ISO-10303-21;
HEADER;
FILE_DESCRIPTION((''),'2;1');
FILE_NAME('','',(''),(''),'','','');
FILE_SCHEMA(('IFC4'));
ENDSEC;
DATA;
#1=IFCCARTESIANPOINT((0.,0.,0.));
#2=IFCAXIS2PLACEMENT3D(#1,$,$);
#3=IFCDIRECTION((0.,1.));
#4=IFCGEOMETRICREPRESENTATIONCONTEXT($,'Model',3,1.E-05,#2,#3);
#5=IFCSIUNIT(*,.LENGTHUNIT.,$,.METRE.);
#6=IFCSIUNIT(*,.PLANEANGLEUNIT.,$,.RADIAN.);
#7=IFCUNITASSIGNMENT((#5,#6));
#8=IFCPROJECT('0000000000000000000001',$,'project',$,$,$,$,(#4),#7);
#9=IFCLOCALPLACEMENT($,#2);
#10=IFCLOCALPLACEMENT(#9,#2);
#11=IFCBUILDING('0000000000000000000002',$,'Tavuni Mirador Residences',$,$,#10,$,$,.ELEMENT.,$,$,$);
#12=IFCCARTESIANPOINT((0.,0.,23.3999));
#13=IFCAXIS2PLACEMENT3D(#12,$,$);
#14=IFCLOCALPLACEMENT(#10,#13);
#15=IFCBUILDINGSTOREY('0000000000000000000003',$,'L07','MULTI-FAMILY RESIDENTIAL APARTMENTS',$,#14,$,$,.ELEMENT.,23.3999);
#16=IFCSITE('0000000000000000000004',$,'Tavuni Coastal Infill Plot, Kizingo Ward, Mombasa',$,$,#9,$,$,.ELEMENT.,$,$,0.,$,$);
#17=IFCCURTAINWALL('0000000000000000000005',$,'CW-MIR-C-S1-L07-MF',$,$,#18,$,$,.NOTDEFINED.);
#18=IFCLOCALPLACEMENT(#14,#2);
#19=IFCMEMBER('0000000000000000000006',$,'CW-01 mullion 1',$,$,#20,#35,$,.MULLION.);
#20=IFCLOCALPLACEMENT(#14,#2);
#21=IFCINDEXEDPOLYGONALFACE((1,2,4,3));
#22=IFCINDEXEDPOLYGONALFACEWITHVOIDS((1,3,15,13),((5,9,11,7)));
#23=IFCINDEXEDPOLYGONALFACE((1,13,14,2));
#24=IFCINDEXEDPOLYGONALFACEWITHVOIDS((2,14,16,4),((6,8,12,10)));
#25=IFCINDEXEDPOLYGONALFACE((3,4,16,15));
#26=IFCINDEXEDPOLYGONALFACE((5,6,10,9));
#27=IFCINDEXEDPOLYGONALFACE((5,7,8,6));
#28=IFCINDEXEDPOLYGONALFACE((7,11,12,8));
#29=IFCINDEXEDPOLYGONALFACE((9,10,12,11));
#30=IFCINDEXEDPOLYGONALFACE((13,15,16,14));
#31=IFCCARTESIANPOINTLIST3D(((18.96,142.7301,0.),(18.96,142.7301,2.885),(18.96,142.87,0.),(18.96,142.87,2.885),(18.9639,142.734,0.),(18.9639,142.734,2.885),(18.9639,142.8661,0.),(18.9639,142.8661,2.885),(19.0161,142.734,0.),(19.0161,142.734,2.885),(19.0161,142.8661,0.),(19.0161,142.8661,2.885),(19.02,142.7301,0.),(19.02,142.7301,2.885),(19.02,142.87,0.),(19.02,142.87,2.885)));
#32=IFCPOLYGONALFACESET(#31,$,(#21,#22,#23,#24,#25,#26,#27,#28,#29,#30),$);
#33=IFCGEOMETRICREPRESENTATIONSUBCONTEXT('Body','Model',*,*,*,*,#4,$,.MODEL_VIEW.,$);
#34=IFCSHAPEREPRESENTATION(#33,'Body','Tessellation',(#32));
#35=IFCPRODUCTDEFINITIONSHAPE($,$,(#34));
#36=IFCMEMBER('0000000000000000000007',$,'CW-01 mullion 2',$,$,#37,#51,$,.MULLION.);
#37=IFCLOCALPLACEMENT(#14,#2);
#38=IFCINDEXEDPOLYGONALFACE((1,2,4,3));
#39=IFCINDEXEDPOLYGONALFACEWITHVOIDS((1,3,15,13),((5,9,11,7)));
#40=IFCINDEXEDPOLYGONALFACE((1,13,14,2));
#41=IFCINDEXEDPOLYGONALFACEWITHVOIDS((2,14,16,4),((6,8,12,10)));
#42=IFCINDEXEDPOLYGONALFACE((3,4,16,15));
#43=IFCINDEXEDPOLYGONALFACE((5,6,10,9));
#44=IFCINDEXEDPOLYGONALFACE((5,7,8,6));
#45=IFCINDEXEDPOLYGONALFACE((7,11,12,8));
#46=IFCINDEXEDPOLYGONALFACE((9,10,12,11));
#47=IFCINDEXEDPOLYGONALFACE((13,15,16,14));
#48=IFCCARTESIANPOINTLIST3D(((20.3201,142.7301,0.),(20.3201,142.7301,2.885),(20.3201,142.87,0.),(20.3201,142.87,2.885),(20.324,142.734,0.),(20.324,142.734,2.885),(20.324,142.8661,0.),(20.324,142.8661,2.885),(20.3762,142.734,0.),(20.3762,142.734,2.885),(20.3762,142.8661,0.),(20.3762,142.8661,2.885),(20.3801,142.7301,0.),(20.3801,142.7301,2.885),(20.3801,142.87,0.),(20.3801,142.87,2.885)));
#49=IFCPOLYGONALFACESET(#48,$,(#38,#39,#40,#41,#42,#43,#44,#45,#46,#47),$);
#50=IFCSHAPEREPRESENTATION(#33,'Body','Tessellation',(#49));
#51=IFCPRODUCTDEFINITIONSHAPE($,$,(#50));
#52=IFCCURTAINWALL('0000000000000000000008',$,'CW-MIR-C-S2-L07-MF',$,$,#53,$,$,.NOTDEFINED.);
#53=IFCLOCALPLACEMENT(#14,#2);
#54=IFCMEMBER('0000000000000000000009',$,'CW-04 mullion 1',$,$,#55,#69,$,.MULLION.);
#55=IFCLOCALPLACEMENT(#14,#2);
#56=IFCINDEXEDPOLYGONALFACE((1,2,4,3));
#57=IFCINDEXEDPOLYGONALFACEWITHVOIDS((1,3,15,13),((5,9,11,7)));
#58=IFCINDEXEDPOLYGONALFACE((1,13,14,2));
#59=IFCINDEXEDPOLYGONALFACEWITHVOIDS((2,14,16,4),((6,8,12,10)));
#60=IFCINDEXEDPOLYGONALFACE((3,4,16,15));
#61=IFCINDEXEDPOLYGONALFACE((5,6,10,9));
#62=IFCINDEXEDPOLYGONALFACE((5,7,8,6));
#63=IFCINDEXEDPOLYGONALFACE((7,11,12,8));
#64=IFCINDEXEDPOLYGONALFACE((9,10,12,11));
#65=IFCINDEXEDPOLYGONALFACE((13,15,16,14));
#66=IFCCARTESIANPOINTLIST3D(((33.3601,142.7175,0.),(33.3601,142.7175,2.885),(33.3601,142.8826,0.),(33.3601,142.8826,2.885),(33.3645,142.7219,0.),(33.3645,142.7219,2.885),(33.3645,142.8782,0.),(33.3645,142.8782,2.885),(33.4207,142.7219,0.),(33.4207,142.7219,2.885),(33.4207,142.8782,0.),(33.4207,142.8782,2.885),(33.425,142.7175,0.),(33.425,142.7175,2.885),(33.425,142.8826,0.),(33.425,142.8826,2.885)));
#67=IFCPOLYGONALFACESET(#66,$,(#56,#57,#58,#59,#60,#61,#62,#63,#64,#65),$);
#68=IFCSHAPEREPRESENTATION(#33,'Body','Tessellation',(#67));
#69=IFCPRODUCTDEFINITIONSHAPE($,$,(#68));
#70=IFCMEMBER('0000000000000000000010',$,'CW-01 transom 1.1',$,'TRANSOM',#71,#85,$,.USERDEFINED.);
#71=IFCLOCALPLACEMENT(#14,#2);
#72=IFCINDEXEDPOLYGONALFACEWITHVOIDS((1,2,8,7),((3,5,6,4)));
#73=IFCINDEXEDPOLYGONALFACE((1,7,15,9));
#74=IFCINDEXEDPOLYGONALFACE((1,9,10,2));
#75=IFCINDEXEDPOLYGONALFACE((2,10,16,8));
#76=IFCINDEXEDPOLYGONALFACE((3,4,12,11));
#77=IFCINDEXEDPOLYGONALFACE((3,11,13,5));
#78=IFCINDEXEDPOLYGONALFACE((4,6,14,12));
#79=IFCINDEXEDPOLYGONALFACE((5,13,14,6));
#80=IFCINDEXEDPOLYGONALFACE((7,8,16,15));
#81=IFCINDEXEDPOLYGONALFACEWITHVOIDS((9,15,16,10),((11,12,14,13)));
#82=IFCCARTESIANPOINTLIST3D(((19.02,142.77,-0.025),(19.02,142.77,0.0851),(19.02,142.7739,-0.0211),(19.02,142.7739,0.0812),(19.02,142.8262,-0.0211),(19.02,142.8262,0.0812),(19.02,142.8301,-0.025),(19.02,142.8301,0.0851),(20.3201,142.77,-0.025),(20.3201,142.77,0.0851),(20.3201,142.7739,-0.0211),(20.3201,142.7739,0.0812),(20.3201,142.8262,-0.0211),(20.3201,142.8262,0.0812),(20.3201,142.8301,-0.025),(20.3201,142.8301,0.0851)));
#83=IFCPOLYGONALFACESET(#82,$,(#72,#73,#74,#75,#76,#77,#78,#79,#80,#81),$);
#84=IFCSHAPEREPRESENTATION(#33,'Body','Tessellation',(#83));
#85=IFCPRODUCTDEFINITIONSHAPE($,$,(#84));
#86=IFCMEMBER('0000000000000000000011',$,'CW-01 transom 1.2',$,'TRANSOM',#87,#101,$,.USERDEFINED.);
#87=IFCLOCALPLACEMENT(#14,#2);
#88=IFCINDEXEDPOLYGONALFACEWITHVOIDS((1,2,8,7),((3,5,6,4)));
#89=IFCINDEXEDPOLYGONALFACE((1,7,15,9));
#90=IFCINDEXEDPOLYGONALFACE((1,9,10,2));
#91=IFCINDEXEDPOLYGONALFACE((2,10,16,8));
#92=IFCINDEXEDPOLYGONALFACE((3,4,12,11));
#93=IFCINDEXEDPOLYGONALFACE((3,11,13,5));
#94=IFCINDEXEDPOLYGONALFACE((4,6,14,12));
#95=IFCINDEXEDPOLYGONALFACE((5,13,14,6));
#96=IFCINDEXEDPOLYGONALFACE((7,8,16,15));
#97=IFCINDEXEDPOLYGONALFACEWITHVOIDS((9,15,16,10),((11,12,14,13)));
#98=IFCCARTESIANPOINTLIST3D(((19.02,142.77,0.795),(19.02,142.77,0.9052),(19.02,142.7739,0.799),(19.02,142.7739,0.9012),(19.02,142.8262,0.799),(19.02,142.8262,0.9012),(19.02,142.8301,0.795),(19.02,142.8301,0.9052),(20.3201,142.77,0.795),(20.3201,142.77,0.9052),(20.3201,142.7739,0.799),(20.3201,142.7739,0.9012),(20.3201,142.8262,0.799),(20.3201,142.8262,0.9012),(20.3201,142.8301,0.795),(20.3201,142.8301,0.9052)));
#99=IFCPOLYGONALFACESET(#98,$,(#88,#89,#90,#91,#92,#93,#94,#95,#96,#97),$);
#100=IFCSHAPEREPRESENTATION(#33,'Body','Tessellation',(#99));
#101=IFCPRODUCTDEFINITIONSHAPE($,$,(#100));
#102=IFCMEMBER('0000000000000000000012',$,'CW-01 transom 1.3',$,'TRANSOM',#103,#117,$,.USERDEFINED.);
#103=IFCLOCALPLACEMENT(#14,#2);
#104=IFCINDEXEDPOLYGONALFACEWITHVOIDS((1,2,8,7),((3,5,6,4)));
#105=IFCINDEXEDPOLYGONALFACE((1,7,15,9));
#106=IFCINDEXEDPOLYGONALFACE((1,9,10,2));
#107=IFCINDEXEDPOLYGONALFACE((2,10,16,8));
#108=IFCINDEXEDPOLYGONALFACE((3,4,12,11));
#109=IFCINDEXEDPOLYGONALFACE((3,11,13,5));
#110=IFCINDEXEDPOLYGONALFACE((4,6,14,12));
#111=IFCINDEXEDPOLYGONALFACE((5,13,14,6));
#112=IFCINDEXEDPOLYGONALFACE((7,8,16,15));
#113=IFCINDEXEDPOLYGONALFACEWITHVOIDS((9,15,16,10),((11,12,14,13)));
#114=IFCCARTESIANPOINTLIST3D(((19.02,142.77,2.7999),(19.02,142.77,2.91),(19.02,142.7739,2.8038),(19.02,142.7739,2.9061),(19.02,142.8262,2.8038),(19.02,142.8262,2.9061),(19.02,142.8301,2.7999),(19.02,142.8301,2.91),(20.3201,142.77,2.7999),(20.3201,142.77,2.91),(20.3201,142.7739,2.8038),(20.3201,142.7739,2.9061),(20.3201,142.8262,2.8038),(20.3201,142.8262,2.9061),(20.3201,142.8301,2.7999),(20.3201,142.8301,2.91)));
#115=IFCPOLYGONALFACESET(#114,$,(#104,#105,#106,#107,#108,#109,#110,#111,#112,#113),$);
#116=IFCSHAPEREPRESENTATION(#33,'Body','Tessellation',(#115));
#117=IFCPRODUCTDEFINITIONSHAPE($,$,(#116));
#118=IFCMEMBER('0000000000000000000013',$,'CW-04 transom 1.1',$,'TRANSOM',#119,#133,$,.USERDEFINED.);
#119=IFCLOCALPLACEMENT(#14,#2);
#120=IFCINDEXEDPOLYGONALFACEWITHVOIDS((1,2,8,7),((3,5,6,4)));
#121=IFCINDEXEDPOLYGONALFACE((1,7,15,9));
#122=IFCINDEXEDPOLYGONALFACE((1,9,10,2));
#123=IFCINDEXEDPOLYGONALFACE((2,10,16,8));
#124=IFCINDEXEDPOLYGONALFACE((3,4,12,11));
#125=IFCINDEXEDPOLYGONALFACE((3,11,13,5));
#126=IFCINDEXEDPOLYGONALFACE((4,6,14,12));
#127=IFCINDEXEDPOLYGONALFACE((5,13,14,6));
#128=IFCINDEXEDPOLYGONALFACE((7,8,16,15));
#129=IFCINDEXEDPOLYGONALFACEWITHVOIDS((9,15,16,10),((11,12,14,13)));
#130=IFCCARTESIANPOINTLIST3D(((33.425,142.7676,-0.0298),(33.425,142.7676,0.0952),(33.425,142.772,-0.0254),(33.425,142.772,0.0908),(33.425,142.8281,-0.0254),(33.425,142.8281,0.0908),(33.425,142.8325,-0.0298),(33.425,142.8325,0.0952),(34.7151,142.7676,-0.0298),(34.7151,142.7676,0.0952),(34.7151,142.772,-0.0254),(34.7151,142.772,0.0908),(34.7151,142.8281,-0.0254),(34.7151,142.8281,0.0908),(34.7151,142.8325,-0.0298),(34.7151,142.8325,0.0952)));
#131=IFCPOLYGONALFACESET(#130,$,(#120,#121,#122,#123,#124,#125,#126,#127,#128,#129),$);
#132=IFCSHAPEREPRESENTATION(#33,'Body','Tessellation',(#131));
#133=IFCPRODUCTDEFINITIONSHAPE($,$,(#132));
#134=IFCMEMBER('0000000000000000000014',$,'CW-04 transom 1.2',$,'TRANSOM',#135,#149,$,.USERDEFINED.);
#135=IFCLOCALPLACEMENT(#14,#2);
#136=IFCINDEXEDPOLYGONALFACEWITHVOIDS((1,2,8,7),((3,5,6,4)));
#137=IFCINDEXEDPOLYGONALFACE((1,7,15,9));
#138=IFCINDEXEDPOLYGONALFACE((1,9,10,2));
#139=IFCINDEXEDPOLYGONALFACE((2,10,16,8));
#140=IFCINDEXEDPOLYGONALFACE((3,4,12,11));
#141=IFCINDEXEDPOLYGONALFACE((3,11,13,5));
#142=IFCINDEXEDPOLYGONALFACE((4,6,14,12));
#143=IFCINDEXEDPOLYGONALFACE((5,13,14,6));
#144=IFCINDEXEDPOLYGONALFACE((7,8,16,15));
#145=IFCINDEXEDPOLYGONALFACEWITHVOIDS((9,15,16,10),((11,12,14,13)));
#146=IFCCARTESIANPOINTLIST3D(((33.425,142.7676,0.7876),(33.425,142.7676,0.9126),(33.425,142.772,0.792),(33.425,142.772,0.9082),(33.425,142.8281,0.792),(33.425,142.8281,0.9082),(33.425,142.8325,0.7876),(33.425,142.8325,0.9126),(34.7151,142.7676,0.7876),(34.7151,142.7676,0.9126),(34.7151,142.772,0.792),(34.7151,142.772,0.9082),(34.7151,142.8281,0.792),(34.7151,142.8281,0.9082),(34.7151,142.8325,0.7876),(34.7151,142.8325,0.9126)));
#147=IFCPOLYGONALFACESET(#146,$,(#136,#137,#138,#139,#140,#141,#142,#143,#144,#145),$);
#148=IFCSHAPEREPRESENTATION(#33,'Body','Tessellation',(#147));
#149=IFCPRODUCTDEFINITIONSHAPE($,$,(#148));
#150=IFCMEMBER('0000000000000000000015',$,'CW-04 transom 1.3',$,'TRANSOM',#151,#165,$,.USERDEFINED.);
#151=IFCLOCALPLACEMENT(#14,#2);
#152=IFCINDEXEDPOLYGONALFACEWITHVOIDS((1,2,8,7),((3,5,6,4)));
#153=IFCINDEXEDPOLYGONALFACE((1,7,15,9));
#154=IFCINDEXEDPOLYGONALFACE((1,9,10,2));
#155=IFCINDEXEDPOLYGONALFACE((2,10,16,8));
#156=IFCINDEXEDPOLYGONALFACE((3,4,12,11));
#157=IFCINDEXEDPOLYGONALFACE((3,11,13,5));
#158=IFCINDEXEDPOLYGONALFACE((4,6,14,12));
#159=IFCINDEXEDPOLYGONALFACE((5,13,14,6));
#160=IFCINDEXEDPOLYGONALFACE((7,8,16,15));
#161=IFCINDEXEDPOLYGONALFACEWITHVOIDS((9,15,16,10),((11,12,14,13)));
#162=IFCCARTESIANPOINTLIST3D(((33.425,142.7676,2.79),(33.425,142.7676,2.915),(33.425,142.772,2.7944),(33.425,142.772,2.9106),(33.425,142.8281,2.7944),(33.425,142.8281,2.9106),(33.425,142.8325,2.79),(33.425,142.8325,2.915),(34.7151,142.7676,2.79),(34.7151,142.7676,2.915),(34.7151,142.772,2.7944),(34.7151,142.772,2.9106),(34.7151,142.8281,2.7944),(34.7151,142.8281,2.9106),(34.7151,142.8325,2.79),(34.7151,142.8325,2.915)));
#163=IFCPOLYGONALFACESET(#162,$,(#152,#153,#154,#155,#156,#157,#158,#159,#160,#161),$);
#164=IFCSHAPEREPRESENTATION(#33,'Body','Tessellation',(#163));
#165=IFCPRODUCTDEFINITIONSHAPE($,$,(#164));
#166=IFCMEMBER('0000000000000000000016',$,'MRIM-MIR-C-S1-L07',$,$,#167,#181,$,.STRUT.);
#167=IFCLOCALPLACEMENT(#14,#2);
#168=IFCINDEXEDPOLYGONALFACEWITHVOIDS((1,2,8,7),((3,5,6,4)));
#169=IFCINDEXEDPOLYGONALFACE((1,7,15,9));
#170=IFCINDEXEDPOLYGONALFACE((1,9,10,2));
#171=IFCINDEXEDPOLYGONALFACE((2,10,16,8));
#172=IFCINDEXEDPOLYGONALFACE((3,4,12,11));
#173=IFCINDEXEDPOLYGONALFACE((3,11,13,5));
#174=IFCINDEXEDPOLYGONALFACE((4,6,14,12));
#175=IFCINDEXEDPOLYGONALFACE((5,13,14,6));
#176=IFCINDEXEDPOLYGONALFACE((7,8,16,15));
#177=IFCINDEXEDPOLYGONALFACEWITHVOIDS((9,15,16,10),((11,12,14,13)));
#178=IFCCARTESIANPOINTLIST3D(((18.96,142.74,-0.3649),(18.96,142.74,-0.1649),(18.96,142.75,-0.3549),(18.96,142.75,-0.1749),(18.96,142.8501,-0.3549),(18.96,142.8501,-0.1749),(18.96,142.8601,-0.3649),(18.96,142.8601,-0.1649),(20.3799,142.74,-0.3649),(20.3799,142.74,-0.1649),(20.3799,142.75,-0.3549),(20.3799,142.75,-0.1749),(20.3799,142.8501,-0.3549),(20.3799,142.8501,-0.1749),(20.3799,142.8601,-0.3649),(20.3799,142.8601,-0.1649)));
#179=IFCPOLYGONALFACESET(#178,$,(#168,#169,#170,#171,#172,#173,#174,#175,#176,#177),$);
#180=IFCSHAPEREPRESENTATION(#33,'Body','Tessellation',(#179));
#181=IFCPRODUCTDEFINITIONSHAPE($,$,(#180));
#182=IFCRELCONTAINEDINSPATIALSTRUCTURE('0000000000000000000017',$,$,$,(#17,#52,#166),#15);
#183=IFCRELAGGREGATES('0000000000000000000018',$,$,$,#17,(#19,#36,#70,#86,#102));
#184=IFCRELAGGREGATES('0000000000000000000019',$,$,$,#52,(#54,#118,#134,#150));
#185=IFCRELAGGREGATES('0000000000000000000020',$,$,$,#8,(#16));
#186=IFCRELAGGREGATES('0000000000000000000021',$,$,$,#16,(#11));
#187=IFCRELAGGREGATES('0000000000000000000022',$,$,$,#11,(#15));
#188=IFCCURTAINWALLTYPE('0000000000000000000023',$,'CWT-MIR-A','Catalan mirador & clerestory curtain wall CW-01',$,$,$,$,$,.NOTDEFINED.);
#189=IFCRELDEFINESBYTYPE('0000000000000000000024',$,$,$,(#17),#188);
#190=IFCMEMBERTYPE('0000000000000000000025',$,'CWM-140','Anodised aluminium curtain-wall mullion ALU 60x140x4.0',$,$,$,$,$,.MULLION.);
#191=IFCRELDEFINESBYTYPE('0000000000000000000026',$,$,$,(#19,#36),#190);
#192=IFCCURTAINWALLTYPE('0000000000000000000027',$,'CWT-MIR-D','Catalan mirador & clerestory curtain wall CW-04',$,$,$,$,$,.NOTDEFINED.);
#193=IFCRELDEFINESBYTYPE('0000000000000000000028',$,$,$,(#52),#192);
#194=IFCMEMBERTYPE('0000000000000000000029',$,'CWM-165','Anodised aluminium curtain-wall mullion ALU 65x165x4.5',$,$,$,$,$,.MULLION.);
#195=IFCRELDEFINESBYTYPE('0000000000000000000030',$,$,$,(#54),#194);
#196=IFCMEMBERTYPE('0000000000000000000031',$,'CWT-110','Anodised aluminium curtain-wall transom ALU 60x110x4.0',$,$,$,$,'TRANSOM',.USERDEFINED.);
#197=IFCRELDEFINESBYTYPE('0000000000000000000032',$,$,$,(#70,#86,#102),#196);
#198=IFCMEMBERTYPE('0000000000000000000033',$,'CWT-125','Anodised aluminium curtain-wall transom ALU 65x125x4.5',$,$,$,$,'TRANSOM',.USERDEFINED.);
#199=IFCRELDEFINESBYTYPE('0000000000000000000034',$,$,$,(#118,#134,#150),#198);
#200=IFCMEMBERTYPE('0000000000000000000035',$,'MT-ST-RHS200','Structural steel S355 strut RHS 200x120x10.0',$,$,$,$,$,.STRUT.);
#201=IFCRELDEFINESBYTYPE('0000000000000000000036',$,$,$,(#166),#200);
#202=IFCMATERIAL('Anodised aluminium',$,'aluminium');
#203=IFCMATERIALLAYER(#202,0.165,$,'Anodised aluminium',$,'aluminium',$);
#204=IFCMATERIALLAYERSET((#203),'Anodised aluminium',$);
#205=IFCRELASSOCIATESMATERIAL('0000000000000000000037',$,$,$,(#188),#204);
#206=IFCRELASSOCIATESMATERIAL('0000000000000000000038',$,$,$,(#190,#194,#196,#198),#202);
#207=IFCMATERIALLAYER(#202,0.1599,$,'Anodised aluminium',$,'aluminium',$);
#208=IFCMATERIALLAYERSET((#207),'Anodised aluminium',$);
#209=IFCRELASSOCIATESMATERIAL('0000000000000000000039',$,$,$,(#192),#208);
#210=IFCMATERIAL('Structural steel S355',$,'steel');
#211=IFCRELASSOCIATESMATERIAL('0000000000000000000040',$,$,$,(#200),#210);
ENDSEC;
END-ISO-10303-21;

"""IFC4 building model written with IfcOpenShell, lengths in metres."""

from ifc_helpers import new_model, si_unit, direction, frame, origin, origin_2d, place, context, subcontext, project, spatial, hollow_rectangle, extrude, material, layer, layer_set, material_profile, profile_set, type_object, element, aggregate, save


model = new_model("IFC4")

# Units and contexts
model_context = context("Model", 3, precision=1e-05, world=origin(), true_north=direction((0.0, 1.0)))
body_context = subcontext(model_context, "Body", "Model", "MODEL_VIEW")
ifc_project = project(units=[si_unit("LENGTHUNIT", "METRE"), si_unit("PLANEANGLEUNIT", "RADIAN")], contexts=[model_context])

# Site, building, storey
site_placement = place(None, origin())
site = spatial("IfcSite", under=ifc_project, at=site_placement, Name="Tavuni Coastal Infill Plot, Kizingo Ward, Mombasa", CompositionType="ELEMENT", RefElevation=0.0)
building_placement = place(site_placement, origin())
building = spatial("IfcBuilding", under=site, at=building_placement, Name="Tavuni Mirador Residences", CompositionType="ELEMENT")
storey_placement = place(building_placement, frame((0.0, 0.0, 23.3999)))
storey = spatial("IfcBuildingStorey", under=building, at=storey_placement, Name="L07", Description="MULTI-FAMILY RESIDENTIAL APARTMENTS", CompositionType="ELEMENT", Elevation=23.3999)

# Curtain wall, members
ifc_material_1 = material(Name="Anodised aluminium", Category="aluminium")
ifc_layer_1 = layer(ifc_material_1, 0.165, Name="Anodised aluminium", Category="aluminium")
ifc_layer_set_1 = layer_set([ifc_layer_1], Name="Anodised aluminium")
curtain_wall_type_1 = type_object("IfcCurtainWallType", Name="CWT-MIR-A", Description="Catalan mirador & clerestory curtain wall CW-01", PredefinedType="NOTDEFINED", material=ifc_layer_set_1)
curtain_wall_1_placement = place(storey_placement, origin())
curtain_wall_1 = element("IfcCurtainWall", 1, at=curtain_wall_1_placement, inside=storey, type_object=curtain_wall_type_1, Name="CW-MIR-C-S1-L07-MF", PredefinedType="NOTDEFINED")
ifc_material_profile_1 = material_profile(ifc_material_1, hollow_rectangle(XDim=0.0601, YDim=0.1399, WallThickness=0.0039, at=origin_2d()), Name="ALU 60x140x4.0", Category="aluminium")
ifc_profile_set_1 = profile_set([ifc_material_profile_1], Name="Anodised aluminium")
member_type_1 = type_object("IfcMemberType", Name="CWM-140", Description="Anodised aluminium curtain-wall mullion ALU 60x140x4.0", PredefinedType="MULLION", material=ifc_profile_set_1)
member_1_placement = place(storey_placement, frame((18.99, 142.8, 0.0), z_axis=(0.0, 0.0, 1.0), x_axis=(1.0, 0.0, 0.0)))
member_1 = element("IfcMember", 2, at=member_1_placement, type_object=member_type_1, Name="CW-01 mullion 1", PredefinedType="MULLION", context=body_context, shape_type="SweptSolid", body=[
    extrude(hollow_rectangle(XDim=0.0601, YDim=0.1399, WallThickness=0.0039, at=origin_2d()), origin(), (0.0, 0.0, 1.0), 2.885),
])
member_2_placement = place(storey_placement, frame((20.3501, 142.8, 0.0), z_axis=(0.0, 0.0, 1.0), x_axis=(1.0, 0.0, 0.0)))
member_2 = element("IfcMember", 3, at=member_2_placement, type_object=member_type_1, Name="CW-01 mullion 2", PredefinedType="MULLION", context=body_context, shape_type="SweptSolid", body=[
    extrude(hollow_rectangle(XDim=0.0601, YDim=0.1399, WallThickness=0.0039, at=origin_2d()), origin(), (0.0, 0.0, 1.0), 2.885),
])

# Curtain wall, member
ifc_layer_2 = layer(ifc_material_1, 0.1599, Name="Anodised aluminium", Category="aluminium")
ifc_layer_set_2 = layer_set([ifc_layer_2], Name="Anodised aluminium")
curtain_wall_type_2 = type_object("IfcCurtainWallType", Name="CWT-MIR-D", Description="Catalan mirador & clerestory curtain wall CW-04", PredefinedType="NOTDEFINED", material=ifc_layer_set_2)
curtain_wall_2_placement = place(storey_placement, origin())
curtain_wall_2 = element("IfcCurtainWall", 4, at=curtain_wall_2_placement, inside=storey, type_object=curtain_wall_type_2, Name="CW-MIR-C-S2-L07-MF", PredefinedType="NOTDEFINED")
ifc_material_profile_2 = material_profile(ifc_material_1, hollow_rectangle(XDim=0.0649, YDim=0.165, WallThickness=0.0044, at=origin_2d()), Name="ALU 65x165x4.5", Category="aluminium")
ifc_profile_set_2 = profile_set([ifc_material_profile_2], Name="Anodised aluminium")
member_type_2 = type_object("IfcMemberType", Name="CWM-165", Description="Anodised aluminium curtain-wall mullion ALU 65x165x4.5", PredefinedType="MULLION", material=ifc_profile_set_2)
member_3_placement = place(storey_placement, frame((33.3926, 142.8, 0.0), z_axis=(0.0, 0.0, 1.0), x_axis=(1.0, 0.0, 0.0)))
member_3 = element("IfcMember", 5, at=member_3_placement, type_object=member_type_2, Name="CW-04 mullion 1", PredefinedType="MULLION", context=body_context, shape_type="SweptSolid", body=[
    extrude(hollow_rectangle(XDim=0.0649, YDim=0.165, WallThickness=0.0044, at=origin_2d()), origin(), (0.0, 0.0, 1.0), 2.885),
])

# Members
ifc_material_profile_3 = material_profile(ifc_material_1, hollow_rectangle(XDim=0.0601, YDim=0.1101, WallThickness=0.0039, at=origin_2d()), Name="ALU 60x110x4.0", Category="aluminium")
ifc_profile_set_3 = profile_set([ifc_material_profile_3], Name="Anodised aluminium")
member_type_3 = type_object("IfcMemberType", Name="CWT-110", Description="Anodised aluminium curtain-wall transom ALU 60x110x4.0", ElementType="TRANSOM", PredefinedType="USERDEFINED", material=ifc_profile_set_3)
member_4_placement = place(storey_placement, frame((19.02, 142.8, 0.03), z_axis=(1.0, 0.0, 0.0), x_axis=(0.0, 1.0, 0.0)))
member_4 = element("IfcMember", 6, at=member_4_placement, type_object=member_type_3, Name="CW-01 transom 1.1", ObjectType="TRANSOM", PredefinedType="USERDEFINED", context=body_context, shape_type="SweptSolid", body=[
    extrude(hollow_rectangle(XDim=0.0601, YDim=0.1101, WallThickness=0.0039, at=origin_2d()), origin(), (0.0, 0.0, 1.0), 1.3),
])
member_5_placement = place(storey_placement, frame((19.02, 142.8, 0.8501), z_axis=(1.0, 0.0, 0.0), x_axis=(0.0, 1.0, 0.0)))
member_5 = element("IfcMember", 7, at=member_5_placement, type_object=member_type_3, Name="CW-01 transom 1.2", ObjectType="TRANSOM", PredefinedType="USERDEFINED", context=body_context, shape_type="SweptSolid", body=[
    extrude(hollow_rectangle(XDim=0.0601, YDim=0.1101, WallThickness=0.0039, at=origin_2d()), origin(), (0.0, 0.0, 1.0), 1.3),
])
member_6_placement = place(storey_placement, frame((19.02, 142.8, 2.855), z_axis=(1.0, 0.0, 0.0), x_axis=(0.0, 1.0, 0.0)))
member_6 = element("IfcMember", 8, at=member_6_placement, type_object=member_type_3, Name="CW-01 transom 1.3", ObjectType="TRANSOM", PredefinedType="USERDEFINED", context=body_context, shape_type="SweptSolid", body=[
    extrude(hollow_rectangle(XDim=0.0601, YDim=0.1101, WallThickness=0.0039, at=origin_2d()), origin(), (0.0, 0.0, 1.0), 1.3),
])
ifc_material_profile_4 = material_profile(ifc_material_1, hollow_rectangle(XDim=0.0649, YDim=0.125, WallThickness=0.0044, at=origin_2d()), Name="ALU 65x125x4.5", Category="aluminium")
ifc_profile_set_4 = profile_set([ifc_material_profile_4], Name="Anodised aluminium")
member_type_4 = type_object("IfcMemberType", Name="CWT-125", Description="Anodised aluminium curtain-wall transom ALU 65x125x4.5", ElementType="TRANSOM", PredefinedType="USERDEFINED", material=ifc_profile_set_4)
member_7_placement = place(storey_placement, frame((33.425, 142.8, 0.0327), z_axis=(1.0, 0.0, 0.0), x_axis=(0.0, 1.0, 0.0)))
member_7 = element("IfcMember", 9, at=member_7_placement, type_object=member_type_4, Name="CW-04 transom 1.1", ObjectType="TRANSOM", PredefinedType="USERDEFINED", context=body_context, shape_type="SweptSolid", body=[
    extrude(hollow_rectangle(XDim=0.0649, YDim=0.125, WallThickness=0.0044, at=origin_2d()), origin(), (0.0, 0.0, 1.0), 1.29),
])
member_8_placement = place(storey_placement, frame((33.425, 142.8, 0.8501), z_axis=(1.0, 0.0, 0.0), x_axis=(0.0, 1.0, 0.0)))
member_8 = element("IfcMember", 10, at=member_8_placement, type_object=member_type_4, Name="CW-04 transom 1.2", ObjectType="TRANSOM", PredefinedType="USERDEFINED", context=body_context, shape_type="SweptSolid", body=[
    extrude(hollow_rectangle(XDim=0.0649, YDim=0.125, WallThickness=0.0044, at=origin_2d()), origin(), (0.0, 0.0, 1.0), 1.29),
])
member_9_placement = place(storey_placement, frame((33.425, 142.8, 2.8525), z_axis=(1.0, 0.0, 0.0), x_axis=(0.0, 1.0, 0.0)))
member_9 = element("IfcMember", 11, at=member_9_placement, type_object=member_type_4, Name="CW-04 transom 1.3", ObjectType="TRANSOM", PredefinedType="USERDEFINED", context=body_context, shape_type="SweptSolid", body=[
    extrude(hollow_rectangle(XDim=0.0649, YDim=0.125, WallThickness=0.0044, at=origin_2d()), origin(), (0.0, 0.0, 1.0), 1.29),
])

# Member
ifc_material_2 = material(Name="Structural steel S355", Category="steel")
ifc_material_profile_5 = material_profile(ifc_material_2, hollow_rectangle(XDim=0.1201, YDim=0.2, WallThickness=0.01, at=origin_2d()), Name="RHS 200x120x10.0", Category="steel")
ifc_profile_set_5 = profile_set([ifc_material_profile_5], Name="Structural steel S355")
member_type_5 = type_object("IfcMemberType", Name="MT-ST-RHS200", Description="Structural steel S355 strut RHS 200x120x10.0", PredefinedType="STRUT", material=ifc_profile_set_5)
for number, where, z_axis, x_axis, name in (
    (12, (18.96, 142.8, -0.2649), (1.0, 0.0, 0.0), (0.0, 1.0, 0.0), "MRIM-MIR-C-S1-L07"),
):
    element("IfcMember", number, at=place(storey_placement, frame(where, z_axis=z_axis, x_axis=x_axis)), inside=storey, type_object=member_type_5, Name=name, PredefinedType="STRUT", context=body_context, shape_type="SweptSolid", body=[
        extrude(hollow_rectangle(XDim=0.1201, YDim=0.2, WallThickness=0.01, at=origin_2d()), origin(), (0.0, 0.0, 1.0), 1.4199),
    ])

aggregate(curtain_wall_1, [member_1, member_2, member_4, member_5, member_6])
aggregate(curtain_wall_2, [member_3, member_7, member_8, member_9])

save(model, "model.ifc")
